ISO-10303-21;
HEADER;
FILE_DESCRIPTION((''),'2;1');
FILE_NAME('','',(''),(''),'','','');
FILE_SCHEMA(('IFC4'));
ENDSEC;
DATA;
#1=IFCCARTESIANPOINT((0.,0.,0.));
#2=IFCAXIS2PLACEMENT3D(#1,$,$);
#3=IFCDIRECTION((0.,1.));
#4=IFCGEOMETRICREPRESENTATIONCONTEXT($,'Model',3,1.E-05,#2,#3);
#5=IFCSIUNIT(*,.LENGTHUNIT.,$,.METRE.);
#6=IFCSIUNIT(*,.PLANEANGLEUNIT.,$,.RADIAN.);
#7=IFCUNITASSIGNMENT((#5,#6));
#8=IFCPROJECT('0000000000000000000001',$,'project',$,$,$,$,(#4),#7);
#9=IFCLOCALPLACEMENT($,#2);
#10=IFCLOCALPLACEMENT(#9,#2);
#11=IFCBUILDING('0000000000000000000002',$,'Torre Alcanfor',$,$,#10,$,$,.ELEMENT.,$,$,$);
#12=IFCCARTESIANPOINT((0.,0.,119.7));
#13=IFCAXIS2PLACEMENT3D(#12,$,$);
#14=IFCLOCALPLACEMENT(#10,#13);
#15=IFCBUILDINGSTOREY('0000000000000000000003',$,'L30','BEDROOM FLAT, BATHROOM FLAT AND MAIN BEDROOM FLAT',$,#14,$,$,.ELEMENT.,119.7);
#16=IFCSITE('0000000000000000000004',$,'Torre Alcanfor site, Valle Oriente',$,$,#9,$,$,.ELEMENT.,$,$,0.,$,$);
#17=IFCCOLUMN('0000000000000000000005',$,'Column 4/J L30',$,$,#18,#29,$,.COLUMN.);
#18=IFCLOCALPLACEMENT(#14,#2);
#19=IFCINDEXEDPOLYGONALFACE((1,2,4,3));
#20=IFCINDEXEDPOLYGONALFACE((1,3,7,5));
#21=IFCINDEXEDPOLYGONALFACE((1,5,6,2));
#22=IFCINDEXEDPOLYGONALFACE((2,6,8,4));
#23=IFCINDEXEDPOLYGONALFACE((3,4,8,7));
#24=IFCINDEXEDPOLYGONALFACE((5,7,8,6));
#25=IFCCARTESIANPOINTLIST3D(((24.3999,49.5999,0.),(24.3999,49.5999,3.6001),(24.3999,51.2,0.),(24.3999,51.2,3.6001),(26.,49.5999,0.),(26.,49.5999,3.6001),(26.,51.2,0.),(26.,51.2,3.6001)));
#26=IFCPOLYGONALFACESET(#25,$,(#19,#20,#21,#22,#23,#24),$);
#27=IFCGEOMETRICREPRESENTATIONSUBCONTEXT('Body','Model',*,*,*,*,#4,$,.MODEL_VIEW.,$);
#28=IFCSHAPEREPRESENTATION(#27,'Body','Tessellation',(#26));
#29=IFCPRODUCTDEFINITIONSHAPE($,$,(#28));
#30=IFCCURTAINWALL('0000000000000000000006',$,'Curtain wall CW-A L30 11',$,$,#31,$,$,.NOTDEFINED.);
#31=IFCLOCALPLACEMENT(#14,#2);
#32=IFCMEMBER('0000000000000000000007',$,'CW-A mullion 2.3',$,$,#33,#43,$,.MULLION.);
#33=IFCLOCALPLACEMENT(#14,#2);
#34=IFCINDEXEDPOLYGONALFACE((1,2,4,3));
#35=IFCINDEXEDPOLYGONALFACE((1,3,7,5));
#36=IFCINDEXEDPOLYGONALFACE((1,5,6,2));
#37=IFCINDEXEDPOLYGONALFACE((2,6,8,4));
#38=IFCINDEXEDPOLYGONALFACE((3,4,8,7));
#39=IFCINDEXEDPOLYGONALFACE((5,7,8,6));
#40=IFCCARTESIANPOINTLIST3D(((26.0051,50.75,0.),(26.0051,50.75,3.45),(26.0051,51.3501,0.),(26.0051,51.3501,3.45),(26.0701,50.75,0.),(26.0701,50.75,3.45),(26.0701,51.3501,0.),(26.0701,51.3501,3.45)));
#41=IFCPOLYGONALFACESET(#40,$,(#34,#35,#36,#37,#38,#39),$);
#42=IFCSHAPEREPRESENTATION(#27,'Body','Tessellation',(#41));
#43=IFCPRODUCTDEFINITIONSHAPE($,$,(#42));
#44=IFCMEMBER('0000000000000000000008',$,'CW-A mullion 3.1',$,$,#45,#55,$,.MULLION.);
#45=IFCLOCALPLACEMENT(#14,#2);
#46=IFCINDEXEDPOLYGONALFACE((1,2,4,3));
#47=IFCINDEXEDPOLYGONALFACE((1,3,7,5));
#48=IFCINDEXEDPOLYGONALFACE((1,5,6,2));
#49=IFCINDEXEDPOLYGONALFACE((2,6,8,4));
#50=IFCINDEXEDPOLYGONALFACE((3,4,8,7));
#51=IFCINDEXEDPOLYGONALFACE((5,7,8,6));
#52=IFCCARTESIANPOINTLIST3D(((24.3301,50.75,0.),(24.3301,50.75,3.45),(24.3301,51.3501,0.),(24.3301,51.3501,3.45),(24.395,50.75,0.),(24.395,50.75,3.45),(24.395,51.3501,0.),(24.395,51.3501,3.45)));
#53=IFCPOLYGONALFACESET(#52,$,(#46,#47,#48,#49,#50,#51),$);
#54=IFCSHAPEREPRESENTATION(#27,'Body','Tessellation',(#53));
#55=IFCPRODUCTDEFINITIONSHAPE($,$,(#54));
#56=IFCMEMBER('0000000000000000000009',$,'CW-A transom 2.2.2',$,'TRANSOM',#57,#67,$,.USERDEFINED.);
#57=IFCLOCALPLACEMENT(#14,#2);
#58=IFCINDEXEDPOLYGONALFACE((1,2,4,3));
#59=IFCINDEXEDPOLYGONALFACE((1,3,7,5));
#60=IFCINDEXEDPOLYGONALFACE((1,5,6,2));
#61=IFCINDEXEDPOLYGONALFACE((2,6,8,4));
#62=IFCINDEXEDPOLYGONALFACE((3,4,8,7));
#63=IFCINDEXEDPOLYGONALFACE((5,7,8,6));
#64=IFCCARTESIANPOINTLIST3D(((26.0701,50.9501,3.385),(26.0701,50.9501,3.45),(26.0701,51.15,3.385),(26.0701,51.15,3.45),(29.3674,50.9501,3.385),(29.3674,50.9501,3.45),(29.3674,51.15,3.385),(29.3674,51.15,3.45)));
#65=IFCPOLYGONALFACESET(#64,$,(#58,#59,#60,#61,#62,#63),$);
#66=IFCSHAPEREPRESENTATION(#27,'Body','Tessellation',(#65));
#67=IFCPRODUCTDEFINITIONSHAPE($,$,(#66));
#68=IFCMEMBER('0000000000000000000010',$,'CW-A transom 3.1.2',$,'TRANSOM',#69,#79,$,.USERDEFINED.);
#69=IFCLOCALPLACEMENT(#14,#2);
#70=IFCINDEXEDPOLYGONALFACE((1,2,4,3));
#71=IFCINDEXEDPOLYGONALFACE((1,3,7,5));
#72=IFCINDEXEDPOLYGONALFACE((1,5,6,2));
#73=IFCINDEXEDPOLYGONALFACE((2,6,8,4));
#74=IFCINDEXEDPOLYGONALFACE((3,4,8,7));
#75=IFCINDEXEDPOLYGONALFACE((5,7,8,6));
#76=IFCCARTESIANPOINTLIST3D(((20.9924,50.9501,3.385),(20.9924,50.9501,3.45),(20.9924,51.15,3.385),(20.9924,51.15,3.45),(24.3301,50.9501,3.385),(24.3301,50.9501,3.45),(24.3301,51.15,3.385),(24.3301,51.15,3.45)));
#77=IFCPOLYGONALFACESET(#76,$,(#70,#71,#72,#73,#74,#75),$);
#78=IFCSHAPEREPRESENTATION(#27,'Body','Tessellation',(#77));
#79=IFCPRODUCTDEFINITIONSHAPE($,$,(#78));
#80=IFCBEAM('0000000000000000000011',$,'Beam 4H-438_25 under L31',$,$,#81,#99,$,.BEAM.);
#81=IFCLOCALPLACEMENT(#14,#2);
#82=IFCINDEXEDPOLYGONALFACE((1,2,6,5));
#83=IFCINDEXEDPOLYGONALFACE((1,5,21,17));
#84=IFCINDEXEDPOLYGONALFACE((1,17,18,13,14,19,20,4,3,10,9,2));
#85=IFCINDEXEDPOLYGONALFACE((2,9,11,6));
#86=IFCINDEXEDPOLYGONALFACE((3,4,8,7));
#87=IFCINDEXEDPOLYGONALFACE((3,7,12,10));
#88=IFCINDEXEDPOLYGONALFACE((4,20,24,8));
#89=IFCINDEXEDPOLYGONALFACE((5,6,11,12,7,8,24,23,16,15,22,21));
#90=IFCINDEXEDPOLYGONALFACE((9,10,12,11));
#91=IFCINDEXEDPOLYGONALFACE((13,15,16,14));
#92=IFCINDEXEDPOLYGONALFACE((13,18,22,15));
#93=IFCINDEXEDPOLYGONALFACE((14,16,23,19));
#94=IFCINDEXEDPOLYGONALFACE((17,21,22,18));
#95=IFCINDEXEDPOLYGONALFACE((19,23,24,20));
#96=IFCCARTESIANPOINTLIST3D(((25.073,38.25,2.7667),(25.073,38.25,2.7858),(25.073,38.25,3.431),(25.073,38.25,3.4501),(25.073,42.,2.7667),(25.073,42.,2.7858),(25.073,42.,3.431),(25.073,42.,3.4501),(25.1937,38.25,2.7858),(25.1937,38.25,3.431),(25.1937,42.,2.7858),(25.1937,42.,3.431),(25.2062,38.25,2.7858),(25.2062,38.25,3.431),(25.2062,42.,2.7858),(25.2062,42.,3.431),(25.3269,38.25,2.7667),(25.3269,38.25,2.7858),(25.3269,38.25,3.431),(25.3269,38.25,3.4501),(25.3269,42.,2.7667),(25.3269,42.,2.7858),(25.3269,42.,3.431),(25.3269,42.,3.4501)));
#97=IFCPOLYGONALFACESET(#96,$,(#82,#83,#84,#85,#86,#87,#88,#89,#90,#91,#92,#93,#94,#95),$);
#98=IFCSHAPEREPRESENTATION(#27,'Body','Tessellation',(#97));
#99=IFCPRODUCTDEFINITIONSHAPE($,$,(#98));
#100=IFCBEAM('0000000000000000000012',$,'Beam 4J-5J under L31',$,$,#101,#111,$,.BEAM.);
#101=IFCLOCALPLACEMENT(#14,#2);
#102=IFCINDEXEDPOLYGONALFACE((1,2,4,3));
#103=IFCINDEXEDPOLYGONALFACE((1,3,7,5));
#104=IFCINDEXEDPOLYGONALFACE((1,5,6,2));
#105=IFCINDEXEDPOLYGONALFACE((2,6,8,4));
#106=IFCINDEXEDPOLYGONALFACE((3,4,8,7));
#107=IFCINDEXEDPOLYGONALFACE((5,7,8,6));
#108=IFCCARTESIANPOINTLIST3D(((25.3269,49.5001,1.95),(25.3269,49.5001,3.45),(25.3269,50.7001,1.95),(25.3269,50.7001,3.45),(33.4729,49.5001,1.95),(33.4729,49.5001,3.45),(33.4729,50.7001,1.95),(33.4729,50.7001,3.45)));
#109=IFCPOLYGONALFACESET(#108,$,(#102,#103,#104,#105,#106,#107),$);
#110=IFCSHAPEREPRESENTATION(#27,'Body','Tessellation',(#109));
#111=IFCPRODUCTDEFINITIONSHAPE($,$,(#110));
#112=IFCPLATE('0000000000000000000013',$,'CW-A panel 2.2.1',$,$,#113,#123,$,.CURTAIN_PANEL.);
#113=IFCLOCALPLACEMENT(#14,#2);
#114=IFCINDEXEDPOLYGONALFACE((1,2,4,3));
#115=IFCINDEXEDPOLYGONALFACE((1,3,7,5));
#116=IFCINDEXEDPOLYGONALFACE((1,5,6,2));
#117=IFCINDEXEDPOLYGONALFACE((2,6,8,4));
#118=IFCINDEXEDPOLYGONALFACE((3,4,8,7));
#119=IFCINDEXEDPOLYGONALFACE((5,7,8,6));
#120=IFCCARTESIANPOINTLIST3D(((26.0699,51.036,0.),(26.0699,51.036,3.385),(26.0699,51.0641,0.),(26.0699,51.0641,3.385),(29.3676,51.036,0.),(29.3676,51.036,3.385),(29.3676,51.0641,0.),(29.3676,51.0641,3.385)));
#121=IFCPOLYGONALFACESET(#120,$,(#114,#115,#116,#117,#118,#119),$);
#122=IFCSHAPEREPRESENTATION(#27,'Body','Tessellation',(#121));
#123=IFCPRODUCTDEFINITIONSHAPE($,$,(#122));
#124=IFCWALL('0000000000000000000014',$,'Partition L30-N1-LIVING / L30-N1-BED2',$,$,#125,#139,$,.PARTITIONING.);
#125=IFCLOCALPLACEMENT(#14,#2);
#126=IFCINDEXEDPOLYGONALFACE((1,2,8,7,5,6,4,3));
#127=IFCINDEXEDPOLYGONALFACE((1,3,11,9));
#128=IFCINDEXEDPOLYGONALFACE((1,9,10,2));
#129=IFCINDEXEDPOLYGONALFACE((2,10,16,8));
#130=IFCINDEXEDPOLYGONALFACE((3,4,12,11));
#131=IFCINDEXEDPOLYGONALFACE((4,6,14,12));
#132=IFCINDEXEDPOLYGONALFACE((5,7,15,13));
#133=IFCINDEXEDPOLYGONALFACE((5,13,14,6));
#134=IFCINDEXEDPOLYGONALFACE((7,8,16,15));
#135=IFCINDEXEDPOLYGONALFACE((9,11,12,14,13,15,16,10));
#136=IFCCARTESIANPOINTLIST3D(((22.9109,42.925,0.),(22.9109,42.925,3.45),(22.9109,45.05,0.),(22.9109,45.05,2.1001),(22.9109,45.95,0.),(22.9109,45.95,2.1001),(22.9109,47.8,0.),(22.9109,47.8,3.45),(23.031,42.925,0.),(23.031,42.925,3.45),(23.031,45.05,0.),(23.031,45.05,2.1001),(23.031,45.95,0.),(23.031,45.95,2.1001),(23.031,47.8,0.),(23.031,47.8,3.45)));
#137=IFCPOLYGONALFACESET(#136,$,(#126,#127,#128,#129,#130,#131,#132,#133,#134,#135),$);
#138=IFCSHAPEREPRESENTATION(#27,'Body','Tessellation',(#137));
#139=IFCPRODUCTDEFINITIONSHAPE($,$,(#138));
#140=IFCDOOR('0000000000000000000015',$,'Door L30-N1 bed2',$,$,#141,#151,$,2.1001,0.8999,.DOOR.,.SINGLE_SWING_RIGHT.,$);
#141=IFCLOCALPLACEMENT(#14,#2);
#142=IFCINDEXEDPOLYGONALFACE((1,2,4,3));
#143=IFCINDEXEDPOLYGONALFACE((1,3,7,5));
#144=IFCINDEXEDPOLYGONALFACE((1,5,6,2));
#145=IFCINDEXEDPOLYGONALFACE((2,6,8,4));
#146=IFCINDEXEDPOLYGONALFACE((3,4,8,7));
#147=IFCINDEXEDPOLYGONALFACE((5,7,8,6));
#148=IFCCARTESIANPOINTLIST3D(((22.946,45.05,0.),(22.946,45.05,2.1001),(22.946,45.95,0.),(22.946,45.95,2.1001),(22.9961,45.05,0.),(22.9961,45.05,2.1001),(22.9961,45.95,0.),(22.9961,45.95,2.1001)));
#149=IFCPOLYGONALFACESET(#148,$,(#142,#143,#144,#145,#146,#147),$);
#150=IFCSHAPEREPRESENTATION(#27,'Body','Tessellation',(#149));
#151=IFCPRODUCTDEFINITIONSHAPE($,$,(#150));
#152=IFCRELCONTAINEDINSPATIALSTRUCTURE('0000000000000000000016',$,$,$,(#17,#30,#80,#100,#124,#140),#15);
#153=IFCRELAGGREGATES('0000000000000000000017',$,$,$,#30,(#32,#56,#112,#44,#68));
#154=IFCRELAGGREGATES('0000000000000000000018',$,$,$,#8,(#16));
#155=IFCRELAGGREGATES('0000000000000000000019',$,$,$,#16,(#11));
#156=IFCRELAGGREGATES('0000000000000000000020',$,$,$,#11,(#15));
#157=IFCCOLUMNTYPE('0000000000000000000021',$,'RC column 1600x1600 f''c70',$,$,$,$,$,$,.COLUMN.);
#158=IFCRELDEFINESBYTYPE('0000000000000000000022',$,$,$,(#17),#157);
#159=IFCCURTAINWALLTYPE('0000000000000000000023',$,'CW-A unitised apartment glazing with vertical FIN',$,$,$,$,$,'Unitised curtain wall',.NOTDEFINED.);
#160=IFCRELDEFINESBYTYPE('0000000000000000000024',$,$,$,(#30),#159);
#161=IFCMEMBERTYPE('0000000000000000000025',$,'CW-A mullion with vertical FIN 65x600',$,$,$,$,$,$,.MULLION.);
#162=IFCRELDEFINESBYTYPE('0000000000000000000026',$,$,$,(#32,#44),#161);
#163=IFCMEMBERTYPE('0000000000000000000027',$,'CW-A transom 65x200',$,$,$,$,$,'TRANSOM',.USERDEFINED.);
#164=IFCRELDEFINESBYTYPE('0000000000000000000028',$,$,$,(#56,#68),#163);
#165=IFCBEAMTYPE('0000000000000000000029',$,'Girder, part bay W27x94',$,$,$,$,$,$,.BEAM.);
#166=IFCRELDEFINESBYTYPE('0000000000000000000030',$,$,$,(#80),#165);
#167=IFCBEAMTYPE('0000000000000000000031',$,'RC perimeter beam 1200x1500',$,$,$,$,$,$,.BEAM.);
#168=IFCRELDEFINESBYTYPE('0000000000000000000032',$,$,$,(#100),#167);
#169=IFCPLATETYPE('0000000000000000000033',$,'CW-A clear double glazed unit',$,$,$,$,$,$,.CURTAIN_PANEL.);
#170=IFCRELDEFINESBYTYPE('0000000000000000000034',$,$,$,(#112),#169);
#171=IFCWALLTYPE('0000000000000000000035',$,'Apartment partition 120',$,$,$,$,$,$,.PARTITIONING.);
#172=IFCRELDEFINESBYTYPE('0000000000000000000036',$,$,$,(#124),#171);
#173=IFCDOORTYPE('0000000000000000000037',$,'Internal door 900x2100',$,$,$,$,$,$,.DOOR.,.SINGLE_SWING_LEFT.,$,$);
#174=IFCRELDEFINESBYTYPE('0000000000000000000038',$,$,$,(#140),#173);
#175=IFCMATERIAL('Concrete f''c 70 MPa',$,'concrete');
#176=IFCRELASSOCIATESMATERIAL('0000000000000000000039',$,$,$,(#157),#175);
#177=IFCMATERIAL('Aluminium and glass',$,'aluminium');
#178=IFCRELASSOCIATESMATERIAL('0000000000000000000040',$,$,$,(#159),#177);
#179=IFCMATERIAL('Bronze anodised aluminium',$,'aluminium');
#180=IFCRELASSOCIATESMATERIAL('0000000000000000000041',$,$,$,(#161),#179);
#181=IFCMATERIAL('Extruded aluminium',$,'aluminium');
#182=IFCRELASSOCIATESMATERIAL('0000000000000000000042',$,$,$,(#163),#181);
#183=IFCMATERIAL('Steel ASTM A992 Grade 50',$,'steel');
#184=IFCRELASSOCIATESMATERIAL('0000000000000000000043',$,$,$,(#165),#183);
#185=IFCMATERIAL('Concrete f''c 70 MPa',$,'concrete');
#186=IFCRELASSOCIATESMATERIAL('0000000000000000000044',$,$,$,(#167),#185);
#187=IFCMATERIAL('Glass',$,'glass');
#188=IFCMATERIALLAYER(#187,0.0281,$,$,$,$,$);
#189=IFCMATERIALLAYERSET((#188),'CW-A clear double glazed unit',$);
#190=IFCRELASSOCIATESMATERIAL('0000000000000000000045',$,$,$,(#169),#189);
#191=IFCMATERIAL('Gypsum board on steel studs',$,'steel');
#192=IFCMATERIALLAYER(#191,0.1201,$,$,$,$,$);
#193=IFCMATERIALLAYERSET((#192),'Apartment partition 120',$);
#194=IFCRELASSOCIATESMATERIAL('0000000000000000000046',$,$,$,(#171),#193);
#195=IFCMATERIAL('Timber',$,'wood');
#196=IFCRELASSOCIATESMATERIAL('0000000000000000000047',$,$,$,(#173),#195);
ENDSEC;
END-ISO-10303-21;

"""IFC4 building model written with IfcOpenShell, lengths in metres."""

from ifc_helpers import new_model, si_unit, direction, frame, frame_2d, origin, origin_2d, place, context, subcontext, project, spatial, rectangle, i_section, extrude, material, layer, layer_set, material_profile, profile_set, type_object, element, fill, aggregate, save


model = new_model("IFC4")

# Units and contexts
model_context = context("Model", 3, precision=1e-05, world=origin(), true_north=direction((0.0, 1.0)))
body_context = subcontext(model_context, "Body", "Model", "MODEL_VIEW")
ifc_project = project(units=[si_unit("LENGTHUNIT", "METRE"), si_unit("PLANEANGLEUNIT", "RADIAN")], contexts=[model_context])

# Site, building, storey
site_placement = place(None, origin())
site = spatial("IfcSite", under=ifc_project, at=site_placement, Name="Torre Alcanfor site, Valle Oriente", CompositionType="ELEMENT", RefElevation=0.0)
building_placement = place(site_placement, origin())
building = spatial("IfcBuilding", under=site, at=building_placement, Name="Torre Alcanfor", CompositionType="ELEMENT")
storey_placement = place(building_placement, frame((0.0, 0.0, 119.7)))
storey = spatial("IfcBuildingStorey", under=building, at=storey_placement, Name="L30", Description="BEDROOM FLAT, BATHROOM FLAT AND MAIN BEDROOM FLAT", CompositionType="ELEMENT", Elevation=119.7)

# Column
ifc_material_1 = material(Name="Concrete f'c 70 MPa", Category="concrete")
ifc_material_profile_1 = material_profile(ifc_material_1, rectangle(XDim=1.6001, YDim=1.6001, at=origin_2d()), Name="1600x1600")
ifc_profile_set_1 = profile_set([ifc_material_profile_1], Name="Concrete f'c 70 MPa")
column_type = type_object("IfcColumnType", Name="RC column 1600x1600 f'c70", PredefinedType="COLUMN", material=ifc_profile_set_1)
column_placement = place(storey_placement, frame((25.2, 50.3999, 0.0), z_axis=(0.0, 0.0, 1.0), x_axis=(1.0, 0.0, 0.0)))
element("IfcColumn", 1, at=column_placement, inside=storey, type_object=column_type, Name="Column 4/J L30", PredefinedType="COLUMN", context=body_context, shape_type="SweptSolid", body=[
    extrude(rectangle(XDim=1.6001, YDim=1.6001, at=origin_2d()), origin(), (0.0, 0.0, 1.0), 3.6001),
])

# Curtain wall, members
ifc_material_2 = material(Name="Aluminium and glass", Category="aluminium")
curtain_wall_type = type_object("IfcCurtainWallType", Name="CW-A unitised apartment glazing with vertical FIN", ElementType="Unitised curtain wall", PredefinedType="NOTDEFINED", material=ifc_material_2)
curtain_wall_placement = place(storey_placement, origin())
curtain_wall = element("IfcCurtainWall", 2, at=curtain_wall_placement, inside=storey, type_object=curtain_wall_type, Name="Curtain wall CW-A L30 11", PredefinedType="NOTDEFINED")
ifc_material_3 = material(Name="Bronze anodised aluminium", Category="aluminium")
ifc_material_profile_2 = material_profile(ifc_material_3, rectangle(XDim=0.6001, YDim=0.0649, at=origin_2d()), Name="CW-A mullion 65x600")
ifc_profile_set_2 = profile_set([ifc_material_profile_2], Name="Bronze anodised aluminium")
member_type_1 = type_object("IfcMemberType", Name="CW-A mullion with vertical FIN 65x600", PredefinedType="MULLION", material=ifc_profile_set_2)
member_1_placement = place(storey_placement, frame((26.0376, 51.05, 0.0), z_axis=(0.0, 0.0, 1.0), x_axis=(0.0, -1.0, 0.0)))
member_1 = element("IfcMember", 3, at=member_1_placement, type_object=member_type_1, Name="CW-A mullion 2.3", PredefinedType="MULLION", context=body_context, shape_type="SweptSolid", body=[
    extrude(rectangle(XDim=0.6001, YDim=0.0649, at=origin_2d()), origin(), (0.0, 0.0, 1.0), 3.45),
])
member_2_placement = place(storey_placement, frame((24.3625, 51.05, 0.0), z_axis=(0.0, 0.0, 1.0), x_axis=(0.0, -1.0, 0.0)))
member_2 = element("IfcMember", 4, at=member_2_placement, type_object=member_type_1, Name="CW-A mullion 3.1", PredefinedType="MULLION", context=body_context, shape_type="SweptSolid", body=[
    extrude(rectangle(XDim=0.6001, YDim=0.0649, at=origin_2d()), origin(), (0.0, 0.0, 1.0), 3.45),
])
ifc_material_4 = material(Name="Extruded aluminium", Category="aluminium")
ifc_material_profile_3 = material_profile(ifc_material_4, rectangle(XDim=0.2, YDim=0.0649, at=origin_2d()), Name="CW-A transom 200x65")
ifc_profile_set_3 = profile_set([ifc_material_profile_3], Name="Extruded aluminium")
member_type_2 = type_object("IfcMemberType", Name="CW-A transom 65x200", ElementType="TRANSOM", PredefinedType="USERDEFINED", material=ifc_profile_set_3)
member_3_placement = place(storey_placement, frame((29.3674, 51.05, 3.4175), z_axis=(-1.0, 0.0, 0.0), x_axis=(0.0, -1.0, 0.0)))
member_3 = element("IfcMember", 5, at=member_3_placement, type_object=member_type_2, Name="CW-A transom 2.2.2", ObjectType="TRANSOM", PredefinedType="USERDEFINED", context=body_context, shape_type="SweptSolid", body=[
    extrude(rectangle(XDim=0.2, YDim=0.0649, at=origin_2d()), origin(), (0.0, 0.0, 1.0), 3.2974),
])
member_4_placement = place(storey_placement, frame((24.3301, 51.05, 3.4175), z_axis=(-1.0, 0.0, 0.0), x_axis=(0.0, -1.0, 0.0)))
member_4 = element("IfcMember", 6, at=member_4_placement, type_object=member_type_2, Name="CW-A transom 3.1.2", ObjectType="TRANSOM", PredefinedType="USERDEFINED", context=body_context, shape_type="SweptSolid", body=[
    extrude(rectangle(XDim=0.2, YDim=0.0649, at=origin_2d()), origin(), (0.0, 0.0, 1.0), 3.3376),
])

# Beams
ifc_material_5 = material(Name="Steel ASTM A992 Grade 50", Category="steel")
ifc_material_profile_4 = material_profile(ifc_material_5, i_section(OverallWidth=0.2539, OverallDepth=0.6833, WebThickness=0.0125, FlangeThickness=0.019, at=origin_2d()), Name="W27x94")
ifc_profile_set_4 = profile_set([ifc_material_profile_4], Name="Steel ASTM A992 Grade 50")
beam_type_1 = type_object("IfcBeamType", Name="Girder, part bay W27x94", PredefinedType="BEAM", material=ifc_profile_set_4)
beam_1_placement = place(storey_placement, frame((25.2, 42.0, 3.1084), z_axis=(0.0, -1.0, 0.0), x_axis=(1.0, 0.0, 0.0)))
element("IfcBeam", 7, at=beam_1_placement, inside=storey, type_object=beam_type_1, Name="Beam 4H-438_25 under L31", PredefinedType="BEAM", context=body_context, shape_type="SweptSolid", body=[
    extrude(i_section(OverallWidth=0.2539, OverallDepth=0.6833, WebThickness=0.0125, FlangeThickness=0.019, at=origin_2d()), origin(), (0.0, 0.0, 1.0), 3.75),
])
ifc_material_6 = material(Name="Concrete f'c 70 MPa", Category="concrete")
ifc_material_profile_5 = material_profile(ifc_material_6, rectangle(XDim=1.2, YDim=1.5, at=origin_2d()), Name="1200x1500")
ifc_profile_set_5 = profile_set([ifc_material_profile_5], Name="Concrete f'c 70 MPa")
beam_type_2 = type_object("IfcBeamType", Name="RC perimeter beam 1200x1500", PredefinedType="BEAM", material=ifc_profile_set_5)
beam_2_placement = place(storey_placement, frame((25.3269, 50.1001, 2.7), z_axis=(1.0, 0.0, 0.0), x_axis=(0.0, 1.0, 0.0)))
element("IfcBeam", 8, at=beam_2_placement, inside=storey, type_object=beam_type_2, Name="Beam 4J-5J under L31", PredefinedType="BEAM", context=body_context, shape_type="SweptSolid", body=[
    extrude(rectangle(XDim=1.2, YDim=1.5, at=origin_2d()), origin(), (0.0, 0.0, 1.0), 8.146),
])

# Plate
ifc_material_7 = material(Name="Glass", Category="glass")
ifc_layer_1 = layer(ifc_material_7, 0.0281)
ifc_layer_set_1 = layer_set([ifc_layer_1], Name="CW-A clear double glazed unit")
plate_type = type_object("IfcPlateType", Name="CW-A clear double glazed unit", PredefinedType="CURTAIN_PANEL", material=ifc_layer_set_1)
plate_placement = place(storey_placement, frame((27.7188, 51.05, 0.0), z_axis=(0.0, 0.0, 1.0), x_axis=(-1.0, 0.0, 0.0)))
plate = element("IfcPlate", 9, at=plate_placement, type_object=plate_type, Name="CW-A panel 2.2.1", PredefinedType="CURTAIN_PANEL", context=body_context, shape_type="SweptSolid", body=[
    extrude(rectangle(XDim=3.2976, YDim=0.0281, at=origin_2d()), origin(), (0.0, 0.0, 1.0), 3.385),
])
aggregate(curtain_wall, [member_1, member_3, plate, member_2, member_4])

# Wall, opening, door
ifc_material_8 = material(Name="Gypsum board on steel studs", Category="steel")
ifc_layer_2 = layer(ifc_material_8, 0.1201)
ifc_layer_set_2 = layer_set([ifc_layer_2], Name="Apartment partition 120")
wall_type_1 = type_object("IfcWallType", Name="Apartment partition 120", PredefinedType="PARTITIONING", material=ifc_layer_set_2)
wall_1_placement = place(storey_placement, frame((22.9709, 42.925, 0.0), z_axis=(0.0, 0.0, 1.0), x_axis=(0.0, 1.0, 0.0)))
wall_1 = element("IfcWall", 10, at=wall_1_placement, inside=storey, type_object=wall_type_1, Name="Partition L30-N1-LIVING / L30-N1-BED2", PredefinedType="PARTITIONING", context=body_context, shape_type="SweptSolid", body=[
    extrude(rectangle(XDim=4.875, YDim=0.1201, at=frame_2d((2.4375, 0.0))), origin(), (0.0, 0.0, 1.0), 3.45),
])
opening_1_placement = place(wall_1_placement, frame((2.125, 0.0, 0.0)))
opening_1 = element("IfcOpeningElement", 11, at=opening_1_placement, cuts=wall_1, PredefinedType="OPENING", context=body_context, shape_type="SweptSolid", body=[
    extrude(rectangle(XDim=0.8999, YDim=2.1001, at=frame_2d((0.45, 1.05))), frame((0.0, 0.0701, 0.0), z_axis=(0.0, -1.0, 0.0), x_axis=(1.0, 0.0, 0.0)), (0.0, 0.0, 1.0), 0.1401),
])
ifc_material_9 = material(Name="Timber", Category="wood")
door_type_1 = type_object("IfcDoorType", Name="Internal door 900x2100", OperationType="SINGLE_SWING_LEFT", PredefinedType="DOOR", material=ifc_material_9)
door_1_placement = place(opening_1_placement, origin())
door_1 = element("IfcDoor", 12, at=door_1_placement, inside=storey, type_object=door_type_1, Name="Door L30-N1 bed2", OperationType="SINGLE_SWING_RIGHT", OverallHeight=2.1001, OverallWidth=0.8999, PredefinedType="DOOR", context=body_context, shape_type="SweptSolid", body=[
    extrude(rectangle(XDim=0.8999, YDim=2.1001, at=frame_2d((0.45, 1.05))), frame((0.0, 0.0249, 0.0), z_axis=(0.0, -1.0, 0.0), x_axis=(1.0, 0.0, 0.0)), (0.0, 0.0, 1.0), 0.05),
])
fill(opening_1, door_1)

save(model, "model.ifc")
